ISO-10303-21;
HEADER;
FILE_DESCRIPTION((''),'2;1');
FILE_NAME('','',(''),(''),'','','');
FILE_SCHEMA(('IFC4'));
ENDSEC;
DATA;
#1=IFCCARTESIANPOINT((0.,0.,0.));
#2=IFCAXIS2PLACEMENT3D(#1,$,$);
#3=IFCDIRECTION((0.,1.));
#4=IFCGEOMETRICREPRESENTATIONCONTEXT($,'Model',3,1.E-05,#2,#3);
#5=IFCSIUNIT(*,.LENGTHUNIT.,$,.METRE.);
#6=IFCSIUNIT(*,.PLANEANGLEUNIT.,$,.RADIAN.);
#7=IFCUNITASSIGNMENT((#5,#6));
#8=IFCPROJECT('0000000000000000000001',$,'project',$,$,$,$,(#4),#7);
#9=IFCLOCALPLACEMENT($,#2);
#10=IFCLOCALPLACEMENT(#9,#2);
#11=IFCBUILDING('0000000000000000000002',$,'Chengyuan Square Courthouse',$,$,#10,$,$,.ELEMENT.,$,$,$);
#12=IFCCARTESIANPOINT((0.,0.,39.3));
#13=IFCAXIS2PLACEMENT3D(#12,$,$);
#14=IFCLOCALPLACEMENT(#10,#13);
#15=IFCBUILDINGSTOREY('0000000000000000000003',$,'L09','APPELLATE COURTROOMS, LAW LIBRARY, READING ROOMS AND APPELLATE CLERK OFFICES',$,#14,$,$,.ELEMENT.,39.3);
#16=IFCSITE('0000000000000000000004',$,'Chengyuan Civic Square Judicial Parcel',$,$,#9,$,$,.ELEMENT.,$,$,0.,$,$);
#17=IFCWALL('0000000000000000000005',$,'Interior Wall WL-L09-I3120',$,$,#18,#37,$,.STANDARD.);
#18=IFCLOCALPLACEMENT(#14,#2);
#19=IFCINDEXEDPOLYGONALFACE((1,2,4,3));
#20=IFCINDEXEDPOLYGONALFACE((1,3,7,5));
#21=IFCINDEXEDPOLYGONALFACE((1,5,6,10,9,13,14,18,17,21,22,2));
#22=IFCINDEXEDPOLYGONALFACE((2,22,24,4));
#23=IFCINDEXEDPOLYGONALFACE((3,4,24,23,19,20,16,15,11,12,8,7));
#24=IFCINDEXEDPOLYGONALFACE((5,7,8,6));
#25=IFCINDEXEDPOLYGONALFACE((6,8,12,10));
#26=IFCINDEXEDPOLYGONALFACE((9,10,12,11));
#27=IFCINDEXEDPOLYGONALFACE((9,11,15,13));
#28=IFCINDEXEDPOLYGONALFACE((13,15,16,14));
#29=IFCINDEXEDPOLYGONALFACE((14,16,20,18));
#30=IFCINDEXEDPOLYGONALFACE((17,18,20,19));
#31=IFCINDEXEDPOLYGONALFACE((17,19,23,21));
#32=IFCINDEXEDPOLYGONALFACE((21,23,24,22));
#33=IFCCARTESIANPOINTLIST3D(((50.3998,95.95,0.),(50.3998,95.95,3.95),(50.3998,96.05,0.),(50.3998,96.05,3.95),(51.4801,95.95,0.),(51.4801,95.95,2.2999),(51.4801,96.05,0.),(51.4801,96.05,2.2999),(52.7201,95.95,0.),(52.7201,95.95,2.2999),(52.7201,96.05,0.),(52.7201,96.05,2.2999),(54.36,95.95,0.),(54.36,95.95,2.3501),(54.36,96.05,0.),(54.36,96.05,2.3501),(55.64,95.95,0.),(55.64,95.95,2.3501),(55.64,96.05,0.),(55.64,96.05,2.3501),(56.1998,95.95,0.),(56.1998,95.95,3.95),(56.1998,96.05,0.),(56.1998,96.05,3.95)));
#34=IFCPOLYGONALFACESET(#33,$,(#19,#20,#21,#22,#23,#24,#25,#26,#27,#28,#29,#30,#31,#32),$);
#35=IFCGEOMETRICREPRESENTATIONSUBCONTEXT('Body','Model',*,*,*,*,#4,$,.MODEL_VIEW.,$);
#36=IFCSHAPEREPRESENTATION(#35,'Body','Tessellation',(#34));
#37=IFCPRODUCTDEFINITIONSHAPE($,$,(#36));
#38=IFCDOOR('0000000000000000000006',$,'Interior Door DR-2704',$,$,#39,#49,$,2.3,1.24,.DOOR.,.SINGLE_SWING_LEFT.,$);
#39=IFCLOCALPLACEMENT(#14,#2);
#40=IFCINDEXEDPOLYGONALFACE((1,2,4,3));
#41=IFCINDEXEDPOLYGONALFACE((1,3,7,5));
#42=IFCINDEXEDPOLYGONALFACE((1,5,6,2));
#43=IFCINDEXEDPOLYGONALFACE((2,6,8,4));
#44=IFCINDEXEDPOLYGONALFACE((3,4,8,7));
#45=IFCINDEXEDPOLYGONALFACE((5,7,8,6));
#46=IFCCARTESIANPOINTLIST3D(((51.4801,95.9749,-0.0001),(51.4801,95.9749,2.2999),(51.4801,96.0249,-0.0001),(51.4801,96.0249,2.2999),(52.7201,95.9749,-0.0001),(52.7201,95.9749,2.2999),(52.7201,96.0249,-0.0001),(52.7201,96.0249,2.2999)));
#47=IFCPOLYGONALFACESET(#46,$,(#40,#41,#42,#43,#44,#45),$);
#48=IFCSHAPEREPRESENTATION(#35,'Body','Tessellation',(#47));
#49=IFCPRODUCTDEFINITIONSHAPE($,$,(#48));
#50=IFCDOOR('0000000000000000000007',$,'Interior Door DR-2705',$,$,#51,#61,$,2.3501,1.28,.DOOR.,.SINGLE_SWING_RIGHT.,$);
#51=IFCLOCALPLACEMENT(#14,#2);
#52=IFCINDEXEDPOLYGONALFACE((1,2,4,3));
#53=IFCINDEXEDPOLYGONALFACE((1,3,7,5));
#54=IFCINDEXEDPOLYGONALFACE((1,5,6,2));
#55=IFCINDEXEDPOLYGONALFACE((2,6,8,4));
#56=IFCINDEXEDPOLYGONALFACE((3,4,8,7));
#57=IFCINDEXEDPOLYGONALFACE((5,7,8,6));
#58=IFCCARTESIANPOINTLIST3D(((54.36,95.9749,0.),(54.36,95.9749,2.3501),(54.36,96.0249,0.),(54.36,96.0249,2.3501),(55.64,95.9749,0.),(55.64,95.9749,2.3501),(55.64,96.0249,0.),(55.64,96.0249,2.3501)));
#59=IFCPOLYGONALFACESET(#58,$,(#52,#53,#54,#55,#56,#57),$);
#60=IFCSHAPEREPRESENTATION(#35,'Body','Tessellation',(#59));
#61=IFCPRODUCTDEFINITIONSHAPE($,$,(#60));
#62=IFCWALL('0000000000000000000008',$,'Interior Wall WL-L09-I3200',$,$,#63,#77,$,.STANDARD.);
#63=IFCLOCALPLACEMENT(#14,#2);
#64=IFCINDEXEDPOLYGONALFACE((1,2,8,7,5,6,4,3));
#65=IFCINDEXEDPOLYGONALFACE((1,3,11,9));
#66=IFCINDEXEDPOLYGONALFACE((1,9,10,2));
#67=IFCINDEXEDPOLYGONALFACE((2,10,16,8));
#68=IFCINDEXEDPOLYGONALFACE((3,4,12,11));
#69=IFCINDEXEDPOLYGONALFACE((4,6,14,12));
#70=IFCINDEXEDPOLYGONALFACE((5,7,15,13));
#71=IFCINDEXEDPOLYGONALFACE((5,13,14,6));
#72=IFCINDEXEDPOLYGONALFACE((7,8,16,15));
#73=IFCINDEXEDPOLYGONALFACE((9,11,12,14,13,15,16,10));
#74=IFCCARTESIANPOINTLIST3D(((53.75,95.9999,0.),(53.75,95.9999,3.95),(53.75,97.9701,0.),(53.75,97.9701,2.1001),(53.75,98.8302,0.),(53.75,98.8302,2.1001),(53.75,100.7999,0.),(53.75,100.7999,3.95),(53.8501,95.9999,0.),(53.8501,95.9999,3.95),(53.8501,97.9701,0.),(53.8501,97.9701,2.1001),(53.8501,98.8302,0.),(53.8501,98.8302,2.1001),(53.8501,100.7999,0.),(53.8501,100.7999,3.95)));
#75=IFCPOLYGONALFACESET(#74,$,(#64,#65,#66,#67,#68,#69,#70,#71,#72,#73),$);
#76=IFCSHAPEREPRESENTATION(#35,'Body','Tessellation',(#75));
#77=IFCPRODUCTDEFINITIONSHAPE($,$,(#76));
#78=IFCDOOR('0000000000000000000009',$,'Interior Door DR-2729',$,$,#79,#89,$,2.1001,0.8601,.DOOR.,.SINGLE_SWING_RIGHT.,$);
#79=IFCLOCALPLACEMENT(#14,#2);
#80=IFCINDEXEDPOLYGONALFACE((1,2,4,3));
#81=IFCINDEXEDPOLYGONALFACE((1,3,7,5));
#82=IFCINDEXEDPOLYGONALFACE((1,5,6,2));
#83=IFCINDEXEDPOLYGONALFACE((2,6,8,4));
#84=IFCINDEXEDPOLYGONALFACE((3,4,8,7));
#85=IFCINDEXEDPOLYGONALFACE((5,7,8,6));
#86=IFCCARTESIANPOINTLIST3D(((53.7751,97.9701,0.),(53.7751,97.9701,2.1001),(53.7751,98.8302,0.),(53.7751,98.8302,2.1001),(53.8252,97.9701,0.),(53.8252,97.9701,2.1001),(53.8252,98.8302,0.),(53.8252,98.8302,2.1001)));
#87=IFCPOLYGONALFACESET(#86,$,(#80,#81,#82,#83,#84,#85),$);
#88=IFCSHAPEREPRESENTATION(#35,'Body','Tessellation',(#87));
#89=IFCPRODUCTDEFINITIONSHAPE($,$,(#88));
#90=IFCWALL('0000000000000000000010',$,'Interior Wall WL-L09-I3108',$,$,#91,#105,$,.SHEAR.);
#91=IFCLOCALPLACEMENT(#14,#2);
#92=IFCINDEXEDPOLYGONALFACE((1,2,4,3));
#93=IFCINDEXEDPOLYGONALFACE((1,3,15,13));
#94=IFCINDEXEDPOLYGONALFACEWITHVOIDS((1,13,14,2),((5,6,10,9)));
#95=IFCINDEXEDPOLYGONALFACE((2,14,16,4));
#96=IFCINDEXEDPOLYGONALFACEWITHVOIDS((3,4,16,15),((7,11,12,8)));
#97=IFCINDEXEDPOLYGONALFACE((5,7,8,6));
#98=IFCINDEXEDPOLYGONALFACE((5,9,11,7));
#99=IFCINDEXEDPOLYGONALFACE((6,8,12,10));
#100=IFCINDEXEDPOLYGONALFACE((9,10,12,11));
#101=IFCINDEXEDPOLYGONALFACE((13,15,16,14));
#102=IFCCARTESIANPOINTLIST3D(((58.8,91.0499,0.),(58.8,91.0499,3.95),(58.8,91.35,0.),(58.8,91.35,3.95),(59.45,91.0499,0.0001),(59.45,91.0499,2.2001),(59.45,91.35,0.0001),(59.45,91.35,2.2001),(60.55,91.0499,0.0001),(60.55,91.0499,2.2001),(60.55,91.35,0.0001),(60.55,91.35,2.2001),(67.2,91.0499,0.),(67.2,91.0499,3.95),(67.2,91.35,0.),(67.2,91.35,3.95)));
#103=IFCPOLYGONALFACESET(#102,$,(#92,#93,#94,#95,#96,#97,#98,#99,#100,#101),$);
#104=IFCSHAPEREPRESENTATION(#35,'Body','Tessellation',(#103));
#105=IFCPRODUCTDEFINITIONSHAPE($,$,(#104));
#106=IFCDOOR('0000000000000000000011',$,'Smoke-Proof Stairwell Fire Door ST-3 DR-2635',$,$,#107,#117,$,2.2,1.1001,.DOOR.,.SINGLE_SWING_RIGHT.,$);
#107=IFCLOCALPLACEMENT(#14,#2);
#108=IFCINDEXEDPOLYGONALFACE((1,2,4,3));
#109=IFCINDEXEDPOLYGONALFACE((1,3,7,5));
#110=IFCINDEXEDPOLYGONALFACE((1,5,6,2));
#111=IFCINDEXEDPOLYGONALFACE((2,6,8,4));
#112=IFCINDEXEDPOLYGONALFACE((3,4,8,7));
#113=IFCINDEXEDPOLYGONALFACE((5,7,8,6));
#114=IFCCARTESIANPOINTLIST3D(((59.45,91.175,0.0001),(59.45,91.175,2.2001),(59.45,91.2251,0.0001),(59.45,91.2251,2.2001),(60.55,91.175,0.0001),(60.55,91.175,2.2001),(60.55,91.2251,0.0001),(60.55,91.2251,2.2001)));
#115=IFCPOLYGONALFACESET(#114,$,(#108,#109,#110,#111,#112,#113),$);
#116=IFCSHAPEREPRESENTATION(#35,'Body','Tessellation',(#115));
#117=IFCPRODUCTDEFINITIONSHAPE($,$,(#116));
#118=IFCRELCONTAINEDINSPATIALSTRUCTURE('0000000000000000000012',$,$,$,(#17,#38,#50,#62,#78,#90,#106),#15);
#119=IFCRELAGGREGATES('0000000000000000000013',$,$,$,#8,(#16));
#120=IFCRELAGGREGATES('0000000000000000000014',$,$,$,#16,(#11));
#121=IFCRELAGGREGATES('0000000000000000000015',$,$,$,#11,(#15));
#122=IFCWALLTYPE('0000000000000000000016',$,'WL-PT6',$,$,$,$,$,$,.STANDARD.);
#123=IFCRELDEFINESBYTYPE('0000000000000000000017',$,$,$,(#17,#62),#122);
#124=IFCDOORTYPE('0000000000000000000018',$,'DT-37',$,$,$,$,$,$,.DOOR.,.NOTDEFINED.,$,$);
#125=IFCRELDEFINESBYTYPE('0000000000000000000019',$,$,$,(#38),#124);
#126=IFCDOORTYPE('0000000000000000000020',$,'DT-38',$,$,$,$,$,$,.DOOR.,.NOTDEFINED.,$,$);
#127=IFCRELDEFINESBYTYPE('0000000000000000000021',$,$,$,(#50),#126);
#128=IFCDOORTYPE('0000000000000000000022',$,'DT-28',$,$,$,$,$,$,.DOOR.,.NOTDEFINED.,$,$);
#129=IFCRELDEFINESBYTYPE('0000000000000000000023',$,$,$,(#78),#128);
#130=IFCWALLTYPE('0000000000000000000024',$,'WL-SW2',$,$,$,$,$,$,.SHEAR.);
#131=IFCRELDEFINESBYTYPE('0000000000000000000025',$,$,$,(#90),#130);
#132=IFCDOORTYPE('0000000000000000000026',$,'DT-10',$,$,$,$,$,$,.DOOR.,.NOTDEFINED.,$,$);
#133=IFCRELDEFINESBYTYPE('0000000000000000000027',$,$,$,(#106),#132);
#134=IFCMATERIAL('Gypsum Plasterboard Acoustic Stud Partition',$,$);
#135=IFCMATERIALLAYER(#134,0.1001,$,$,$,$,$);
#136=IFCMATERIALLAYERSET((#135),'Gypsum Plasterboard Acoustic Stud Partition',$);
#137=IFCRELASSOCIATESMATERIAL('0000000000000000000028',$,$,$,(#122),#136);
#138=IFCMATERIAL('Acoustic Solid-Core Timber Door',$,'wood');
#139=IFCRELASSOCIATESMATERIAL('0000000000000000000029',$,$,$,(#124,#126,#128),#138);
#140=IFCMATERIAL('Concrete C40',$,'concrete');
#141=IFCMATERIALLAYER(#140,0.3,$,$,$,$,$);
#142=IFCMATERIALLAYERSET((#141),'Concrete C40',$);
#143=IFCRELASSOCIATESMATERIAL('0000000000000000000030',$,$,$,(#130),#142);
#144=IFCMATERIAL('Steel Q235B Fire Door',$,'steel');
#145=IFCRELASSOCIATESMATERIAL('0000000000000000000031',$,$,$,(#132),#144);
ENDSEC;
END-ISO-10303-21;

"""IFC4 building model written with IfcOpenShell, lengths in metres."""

from ifc_helpers import new_model, si_unit, direction, frame, frame_2d, origin, place, context, subcontext, project, spatial, rectangle, extrude, material, layer, layer_set, type_object, element, fill, save


model = new_model("IFC4")

# Units and contexts
model_context = context("Model", 3, precision=1e-05, world=origin(), true_north=direction((0.0, 1.0)))
body_context = subcontext(model_context, "Body", "Model", "MODEL_VIEW")
ifc_project = project(units=[si_unit("LENGTHUNIT", "METRE"), si_unit("PLANEANGLEUNIT", "RADIAN")], contexts=[model_context])

# Site, building, storey
site_placement = place(None, origin())
site = spatial("IfcSite", under=ifc_project, at=site_placement, Name="Chengyuan Civic Square Judicial Parcel", CompositionType="ELEMENT", RefElevation=0.0)
building_placement = place(site_placement, origin())
building = spatial("IfcBuilding", under=site, at=building_placement, Name="Chengyuan Square Courthouse", CompositionType="ELEMENT")
storey_placement = place(building_placement, frame((0.0, 0.0, 39.3)))
storey = spatial("IfcBuildingStorey", under=building, at=storey_placement, Name="L09", Description="APPELLATE COURTROOMS, LAW LIBRARY, READING ROOMS AND APPELLATE CLERK OFFICES", CompositionType="ELEMENT", Elevation=39.3)

# Shared definitions
ifc_material_1 = material(Name="Concrete C40", Category="concrete")

# Shared definitions
ifc_material_2 = material(Name="Steel Q235B Fire Door", Category="steel")

# Shared definitions
ifc_material_3 = material(Name="Acoustic Solid-Core Timber Door", Category="wood")

# Wall, openings, doors
ifc_material_4 = material(Name="Gypsum Plasterboard Acoustic Stud Partition")
ifc_layer_1 = layer(ifc_material_4, 0.1001)
ifc_layer_set_1 = layer_set([ifc_layer_1], Name="Gypsum Plasterboard Acoustic Stud Partition")
wall_type_1 = type_object("IfcWallType", Name="WL-PT6", PredefinedType="STANDARD", material=ifc_layer_set_1)
wall_1_placement = place(storey_placement, frame((50.3999, 96.0, 0.0), z_axis=(0.0, 0.0, 1.0), x_axis=(1.0, 0.0, 0.0)))
wall_1 = element("IfcWall", 1, at=wall_1_placement, inside=storey, type_object=wall_type_1, Name="Interior Wall WL-L09-I3120", PredefinedType="STANDARD", context=body_context, shape_type="SweptSolid", body=[
    extrude(rectangle(XDim=5.8, YDim=0.1001, at=frame_2d((2.8999, 0.0))), origin(), (0.0, 0.0, 1.0), 3.95),
])
opening_1_placement = place(wall_1_placement, frame((1.0801, 0.0, 0.0)))
opening_1 = element("IfcOpeningElement", 2, at=opening_1_placement, cuts=wall_1, PredefinedType="OPENING", context=body_context, shape_type="SweptSolid", body=[
    extrude(rectangle(XDim=1.24, YDim=2.3, at=frame_2d((0.6201, 1.1499))), frame((0.0, 0.062, 0.0), z_axis=(0.0, -1.0, 0.0), x_axis=(1.0, 0.0, 0.0)), (0.0, 0.0, 1.0), 0.124),
])
opening_2_placement = place(wall_1_placement, frame((3.96, 0.0, 0.0)))
opening_2 = element("IfcOpeningElement", 3, at=opening_2_placement, cuts=wall_1, PredefinedType="OPENING", context=body_context, shape_type="SweptSolid", body=[
    extrude(rectangle(XDim=1.28, YDim=2.3501, at=frame_2d((0.6401, 1.175))), frame((0.0, 0.062, 0.0), z_axis=(0.0, -1.0, 0.0), x_axis=(1.0, 0.0, 0.0)), (0.0, 0.0, 1.0), 0.124),
])
door_type_1 = type_object("IfcDoorType", Name="DT-37", OperationType="NOTDEFINED", PredefinedType="DOOR", material=ifc_material_3)
door_1_placement = place(opening_1_placement, origin())
door_1 = element("IfcDoor", 4, at=door_1_placement, inside=storey, type_object=door_type_1, Name="Interior Door DR-2704", OperationType="SINGLE_SWING_LEFT", OverallHeight=2.3, OverallWidth=1.24, PredefinedType="DOOR", context=body_context, shape_type="SweptSolid", body=[
    extrude(rectangle(XDim=1.24, YDim=2.3, at=frame_2d((0.6201, 1.1499))), frame((0.0, 0.0249, 0.0), z_axis=(0.0, -1.0, 0.0), x_axis=(1.0, 0.0, 0.0)), (0.0, 0.0, 1.0), 0.05),
])
fill(opening_1, door_1)
door_type_2 = type_object("IfcDoorType", Name="DT-38", OperationType="NOTDEFINED", PredefinedType="DOOR", material=ifc_material_3)
door_2_placement = place(opening_2_placement, origin())
door_2 = element("IfcDoor", 5, at=door_2_placement, inside=storey, type_object=door_type_2, Name="Interior Door DR-2705", OperationType="SINGLE_SWING_RIGHT", OverallHeight=2.3501, OverallWidth=1.28, PredefinedType="DOOR", context=body_context, shape_type="SweptSolid", body=[
    extrude(rectangle(XDim=1.28, YDim=2.3501, at=frame_2d((0.6401, 1.175))), frame((0.0, 0.0249, 0.0), z_axis=(0.0, -1.0, 0.0), x_axis=(1.0, 0.0, 0.0)), (0.0, 0.0, 1.0), 0.05),
])
fill(opening_2, door_2)

# Walls, openings, doors
wall_2_placement = place(storey_placement, frame((53.8, 96.0, 0.0), z_axis=(0.0, 0.0, 1.0), x_axis=(0.0, 1.0, 0.0)))
wall_2 = element("IfcWall", 6, at=wall_2_placement, inside=storey, type_object=wall_type_1, Name="Interior Wall WL-L09-I3200", PredefinedType="STANDARD", context=body_context, shape_type="SweptSolid", body=[
    extrude(rectangle(XDim=4.8, YDim=0.1001, at=frame_2d((2.3999, 0.0))), origin(), (0.0, 0.0, 1.0), 3.95),
])
opening_3_placement = place(wall_2_placement, frame((1.97, 0.0, 0.0)))
opening_3 = element("IfcOpeningElement", 7, at=opening_3_placement, cuts=wall_2, PredefinedType="OPENING", context=body_context, shape_type="SweptSolid", body=[
    extrude(rectangle(XDim=0.8601, YDim=2.1001, at=frame_2d((0.4302, 1.05))), frame((0.0, 0.062, 0.0), z_axis=(0.0, -1.0, 0.0), x_axis=(1.0, 0.0, 0.0)), (0.0, 0.0, 1.0), 0.124),
])
door_type_3 = type_object("IfcDoorType", Name="DT-28", OperationType="NOTDEFINED", PredefinedType="DOOR", material=ifc_material_3)
door_3_placement = place(opening_3_placement, origin())
door_3 = element("IfcDoor", 8, at=door_3_placement, inside=storey, type_object=door_type_3, Name="Interior Door DR-2729", OperationType="SINGLE_SWING_RIGHT", OverallHeight=2.1001, OverallWidth=0.8601, PredefinedType="DOOR", context=body_context, shape_type="SweptSolid", body=[
    extrude(rectangle(XDim=0.8601, YDim=2.1001, at=frame_2d((0.4302, 1.05))), frame((0.0, 0.0249, 0.0), z_axis=(0.0, -1.0, 0.0), x_axis=(1.0, 0.0, 0.0)), (0.0, 0.0, 1.0), 0.05),
])
fill(opening_3, door_3)
ifc_layer_2 = layer(ifc_material_1, 0.3)
ifc_layer_set_2 = layer_set([ifc_layer_2], Name="Concrete C40")
wall_type_2 = type_object("IfcWallType", Name="WL-SW2", PredefinedType="SHEAR", material=ifc_layer_set_2)
wall_3_placement = place(storey_placement, frame((58.8, 91.2, 0.0), z_axis=(0.0, 0.0, 1.0), x_axis=(1.0, 0.0, 0.0)))
wall_3 = element("IfcWall", 9, at=wall_3_placement, inside=storey, type_object=wall_type_2, Name="Interior Wall WL-L09-I3108", PredefinedType="SHEAR", context=body_context, shape_type="SweptSolid", body=[
    extrude(rectangle(XDim=8.3999, YDim=0.3, at=frame_2d((4.2, 0.0))), origin(), (0.0, 0.0, 1.0), 3.95),
])
opening_4_placement = place(wall_3_placement, frame((0.6499, 0.0, 0.0)))
opening_4 = element("IfcOpeningElement", 10, at=opening_4_placement, cuts=wall_3, PredefinedType="OPENING", context=body_context, shape_type="SweptSolid", body=[
    extrude(rectangle(XDim=1.1001, YDim=2.2, at=frame_2d((0.55, 1.1001))), frame((0.0, 0.1621, 0.0), z_axis=(0.0, -1.0, 0.0), x_axis=(1.0, 0.0, 0.0)), (0.0, 0.0, 1.0), 0.324),
])
door_type_4 = type_object("IfcDoorType", Name="DT-10", OperationType="NOTDEFINED", PredefinedType="DOOR", material=ifc_material_2)
door_4_placement = place(opening_4_placement, frame((1.1001, 0.0, 0.0), z_axis=(0.0, 0.0, 1.0), x_axis=(-1.0, 0.0, 0.0)))
door_4 = element("IfcDoor", 11, at=door_4_placement, inside=storey, type_object=door_type_4, Name="Smoke-Proof Stairwell Fire Door ST-3 DR-2635", OperationType="SINGLE_SWING_RIGHT", OverallHeight=2.2, OverallWidth=1.1001, PredefinedType="DOOR", context=body_context, shape_type="SweptSolid", body=[
    extrude(rectangle(XDim=1.1001, YDim=2.2, at=frame_2d((0.55, 1.1001))), frame((0.0, 0.0249, 0.0), z_axis=(0.0, -1.0, 0.0), x_axis=(1.0, 0.0, 0.0)), (0.0, 0.0, 1.0), 0.05),
])
fill(opening_4, door_4)

save(model, "model.ifc")
